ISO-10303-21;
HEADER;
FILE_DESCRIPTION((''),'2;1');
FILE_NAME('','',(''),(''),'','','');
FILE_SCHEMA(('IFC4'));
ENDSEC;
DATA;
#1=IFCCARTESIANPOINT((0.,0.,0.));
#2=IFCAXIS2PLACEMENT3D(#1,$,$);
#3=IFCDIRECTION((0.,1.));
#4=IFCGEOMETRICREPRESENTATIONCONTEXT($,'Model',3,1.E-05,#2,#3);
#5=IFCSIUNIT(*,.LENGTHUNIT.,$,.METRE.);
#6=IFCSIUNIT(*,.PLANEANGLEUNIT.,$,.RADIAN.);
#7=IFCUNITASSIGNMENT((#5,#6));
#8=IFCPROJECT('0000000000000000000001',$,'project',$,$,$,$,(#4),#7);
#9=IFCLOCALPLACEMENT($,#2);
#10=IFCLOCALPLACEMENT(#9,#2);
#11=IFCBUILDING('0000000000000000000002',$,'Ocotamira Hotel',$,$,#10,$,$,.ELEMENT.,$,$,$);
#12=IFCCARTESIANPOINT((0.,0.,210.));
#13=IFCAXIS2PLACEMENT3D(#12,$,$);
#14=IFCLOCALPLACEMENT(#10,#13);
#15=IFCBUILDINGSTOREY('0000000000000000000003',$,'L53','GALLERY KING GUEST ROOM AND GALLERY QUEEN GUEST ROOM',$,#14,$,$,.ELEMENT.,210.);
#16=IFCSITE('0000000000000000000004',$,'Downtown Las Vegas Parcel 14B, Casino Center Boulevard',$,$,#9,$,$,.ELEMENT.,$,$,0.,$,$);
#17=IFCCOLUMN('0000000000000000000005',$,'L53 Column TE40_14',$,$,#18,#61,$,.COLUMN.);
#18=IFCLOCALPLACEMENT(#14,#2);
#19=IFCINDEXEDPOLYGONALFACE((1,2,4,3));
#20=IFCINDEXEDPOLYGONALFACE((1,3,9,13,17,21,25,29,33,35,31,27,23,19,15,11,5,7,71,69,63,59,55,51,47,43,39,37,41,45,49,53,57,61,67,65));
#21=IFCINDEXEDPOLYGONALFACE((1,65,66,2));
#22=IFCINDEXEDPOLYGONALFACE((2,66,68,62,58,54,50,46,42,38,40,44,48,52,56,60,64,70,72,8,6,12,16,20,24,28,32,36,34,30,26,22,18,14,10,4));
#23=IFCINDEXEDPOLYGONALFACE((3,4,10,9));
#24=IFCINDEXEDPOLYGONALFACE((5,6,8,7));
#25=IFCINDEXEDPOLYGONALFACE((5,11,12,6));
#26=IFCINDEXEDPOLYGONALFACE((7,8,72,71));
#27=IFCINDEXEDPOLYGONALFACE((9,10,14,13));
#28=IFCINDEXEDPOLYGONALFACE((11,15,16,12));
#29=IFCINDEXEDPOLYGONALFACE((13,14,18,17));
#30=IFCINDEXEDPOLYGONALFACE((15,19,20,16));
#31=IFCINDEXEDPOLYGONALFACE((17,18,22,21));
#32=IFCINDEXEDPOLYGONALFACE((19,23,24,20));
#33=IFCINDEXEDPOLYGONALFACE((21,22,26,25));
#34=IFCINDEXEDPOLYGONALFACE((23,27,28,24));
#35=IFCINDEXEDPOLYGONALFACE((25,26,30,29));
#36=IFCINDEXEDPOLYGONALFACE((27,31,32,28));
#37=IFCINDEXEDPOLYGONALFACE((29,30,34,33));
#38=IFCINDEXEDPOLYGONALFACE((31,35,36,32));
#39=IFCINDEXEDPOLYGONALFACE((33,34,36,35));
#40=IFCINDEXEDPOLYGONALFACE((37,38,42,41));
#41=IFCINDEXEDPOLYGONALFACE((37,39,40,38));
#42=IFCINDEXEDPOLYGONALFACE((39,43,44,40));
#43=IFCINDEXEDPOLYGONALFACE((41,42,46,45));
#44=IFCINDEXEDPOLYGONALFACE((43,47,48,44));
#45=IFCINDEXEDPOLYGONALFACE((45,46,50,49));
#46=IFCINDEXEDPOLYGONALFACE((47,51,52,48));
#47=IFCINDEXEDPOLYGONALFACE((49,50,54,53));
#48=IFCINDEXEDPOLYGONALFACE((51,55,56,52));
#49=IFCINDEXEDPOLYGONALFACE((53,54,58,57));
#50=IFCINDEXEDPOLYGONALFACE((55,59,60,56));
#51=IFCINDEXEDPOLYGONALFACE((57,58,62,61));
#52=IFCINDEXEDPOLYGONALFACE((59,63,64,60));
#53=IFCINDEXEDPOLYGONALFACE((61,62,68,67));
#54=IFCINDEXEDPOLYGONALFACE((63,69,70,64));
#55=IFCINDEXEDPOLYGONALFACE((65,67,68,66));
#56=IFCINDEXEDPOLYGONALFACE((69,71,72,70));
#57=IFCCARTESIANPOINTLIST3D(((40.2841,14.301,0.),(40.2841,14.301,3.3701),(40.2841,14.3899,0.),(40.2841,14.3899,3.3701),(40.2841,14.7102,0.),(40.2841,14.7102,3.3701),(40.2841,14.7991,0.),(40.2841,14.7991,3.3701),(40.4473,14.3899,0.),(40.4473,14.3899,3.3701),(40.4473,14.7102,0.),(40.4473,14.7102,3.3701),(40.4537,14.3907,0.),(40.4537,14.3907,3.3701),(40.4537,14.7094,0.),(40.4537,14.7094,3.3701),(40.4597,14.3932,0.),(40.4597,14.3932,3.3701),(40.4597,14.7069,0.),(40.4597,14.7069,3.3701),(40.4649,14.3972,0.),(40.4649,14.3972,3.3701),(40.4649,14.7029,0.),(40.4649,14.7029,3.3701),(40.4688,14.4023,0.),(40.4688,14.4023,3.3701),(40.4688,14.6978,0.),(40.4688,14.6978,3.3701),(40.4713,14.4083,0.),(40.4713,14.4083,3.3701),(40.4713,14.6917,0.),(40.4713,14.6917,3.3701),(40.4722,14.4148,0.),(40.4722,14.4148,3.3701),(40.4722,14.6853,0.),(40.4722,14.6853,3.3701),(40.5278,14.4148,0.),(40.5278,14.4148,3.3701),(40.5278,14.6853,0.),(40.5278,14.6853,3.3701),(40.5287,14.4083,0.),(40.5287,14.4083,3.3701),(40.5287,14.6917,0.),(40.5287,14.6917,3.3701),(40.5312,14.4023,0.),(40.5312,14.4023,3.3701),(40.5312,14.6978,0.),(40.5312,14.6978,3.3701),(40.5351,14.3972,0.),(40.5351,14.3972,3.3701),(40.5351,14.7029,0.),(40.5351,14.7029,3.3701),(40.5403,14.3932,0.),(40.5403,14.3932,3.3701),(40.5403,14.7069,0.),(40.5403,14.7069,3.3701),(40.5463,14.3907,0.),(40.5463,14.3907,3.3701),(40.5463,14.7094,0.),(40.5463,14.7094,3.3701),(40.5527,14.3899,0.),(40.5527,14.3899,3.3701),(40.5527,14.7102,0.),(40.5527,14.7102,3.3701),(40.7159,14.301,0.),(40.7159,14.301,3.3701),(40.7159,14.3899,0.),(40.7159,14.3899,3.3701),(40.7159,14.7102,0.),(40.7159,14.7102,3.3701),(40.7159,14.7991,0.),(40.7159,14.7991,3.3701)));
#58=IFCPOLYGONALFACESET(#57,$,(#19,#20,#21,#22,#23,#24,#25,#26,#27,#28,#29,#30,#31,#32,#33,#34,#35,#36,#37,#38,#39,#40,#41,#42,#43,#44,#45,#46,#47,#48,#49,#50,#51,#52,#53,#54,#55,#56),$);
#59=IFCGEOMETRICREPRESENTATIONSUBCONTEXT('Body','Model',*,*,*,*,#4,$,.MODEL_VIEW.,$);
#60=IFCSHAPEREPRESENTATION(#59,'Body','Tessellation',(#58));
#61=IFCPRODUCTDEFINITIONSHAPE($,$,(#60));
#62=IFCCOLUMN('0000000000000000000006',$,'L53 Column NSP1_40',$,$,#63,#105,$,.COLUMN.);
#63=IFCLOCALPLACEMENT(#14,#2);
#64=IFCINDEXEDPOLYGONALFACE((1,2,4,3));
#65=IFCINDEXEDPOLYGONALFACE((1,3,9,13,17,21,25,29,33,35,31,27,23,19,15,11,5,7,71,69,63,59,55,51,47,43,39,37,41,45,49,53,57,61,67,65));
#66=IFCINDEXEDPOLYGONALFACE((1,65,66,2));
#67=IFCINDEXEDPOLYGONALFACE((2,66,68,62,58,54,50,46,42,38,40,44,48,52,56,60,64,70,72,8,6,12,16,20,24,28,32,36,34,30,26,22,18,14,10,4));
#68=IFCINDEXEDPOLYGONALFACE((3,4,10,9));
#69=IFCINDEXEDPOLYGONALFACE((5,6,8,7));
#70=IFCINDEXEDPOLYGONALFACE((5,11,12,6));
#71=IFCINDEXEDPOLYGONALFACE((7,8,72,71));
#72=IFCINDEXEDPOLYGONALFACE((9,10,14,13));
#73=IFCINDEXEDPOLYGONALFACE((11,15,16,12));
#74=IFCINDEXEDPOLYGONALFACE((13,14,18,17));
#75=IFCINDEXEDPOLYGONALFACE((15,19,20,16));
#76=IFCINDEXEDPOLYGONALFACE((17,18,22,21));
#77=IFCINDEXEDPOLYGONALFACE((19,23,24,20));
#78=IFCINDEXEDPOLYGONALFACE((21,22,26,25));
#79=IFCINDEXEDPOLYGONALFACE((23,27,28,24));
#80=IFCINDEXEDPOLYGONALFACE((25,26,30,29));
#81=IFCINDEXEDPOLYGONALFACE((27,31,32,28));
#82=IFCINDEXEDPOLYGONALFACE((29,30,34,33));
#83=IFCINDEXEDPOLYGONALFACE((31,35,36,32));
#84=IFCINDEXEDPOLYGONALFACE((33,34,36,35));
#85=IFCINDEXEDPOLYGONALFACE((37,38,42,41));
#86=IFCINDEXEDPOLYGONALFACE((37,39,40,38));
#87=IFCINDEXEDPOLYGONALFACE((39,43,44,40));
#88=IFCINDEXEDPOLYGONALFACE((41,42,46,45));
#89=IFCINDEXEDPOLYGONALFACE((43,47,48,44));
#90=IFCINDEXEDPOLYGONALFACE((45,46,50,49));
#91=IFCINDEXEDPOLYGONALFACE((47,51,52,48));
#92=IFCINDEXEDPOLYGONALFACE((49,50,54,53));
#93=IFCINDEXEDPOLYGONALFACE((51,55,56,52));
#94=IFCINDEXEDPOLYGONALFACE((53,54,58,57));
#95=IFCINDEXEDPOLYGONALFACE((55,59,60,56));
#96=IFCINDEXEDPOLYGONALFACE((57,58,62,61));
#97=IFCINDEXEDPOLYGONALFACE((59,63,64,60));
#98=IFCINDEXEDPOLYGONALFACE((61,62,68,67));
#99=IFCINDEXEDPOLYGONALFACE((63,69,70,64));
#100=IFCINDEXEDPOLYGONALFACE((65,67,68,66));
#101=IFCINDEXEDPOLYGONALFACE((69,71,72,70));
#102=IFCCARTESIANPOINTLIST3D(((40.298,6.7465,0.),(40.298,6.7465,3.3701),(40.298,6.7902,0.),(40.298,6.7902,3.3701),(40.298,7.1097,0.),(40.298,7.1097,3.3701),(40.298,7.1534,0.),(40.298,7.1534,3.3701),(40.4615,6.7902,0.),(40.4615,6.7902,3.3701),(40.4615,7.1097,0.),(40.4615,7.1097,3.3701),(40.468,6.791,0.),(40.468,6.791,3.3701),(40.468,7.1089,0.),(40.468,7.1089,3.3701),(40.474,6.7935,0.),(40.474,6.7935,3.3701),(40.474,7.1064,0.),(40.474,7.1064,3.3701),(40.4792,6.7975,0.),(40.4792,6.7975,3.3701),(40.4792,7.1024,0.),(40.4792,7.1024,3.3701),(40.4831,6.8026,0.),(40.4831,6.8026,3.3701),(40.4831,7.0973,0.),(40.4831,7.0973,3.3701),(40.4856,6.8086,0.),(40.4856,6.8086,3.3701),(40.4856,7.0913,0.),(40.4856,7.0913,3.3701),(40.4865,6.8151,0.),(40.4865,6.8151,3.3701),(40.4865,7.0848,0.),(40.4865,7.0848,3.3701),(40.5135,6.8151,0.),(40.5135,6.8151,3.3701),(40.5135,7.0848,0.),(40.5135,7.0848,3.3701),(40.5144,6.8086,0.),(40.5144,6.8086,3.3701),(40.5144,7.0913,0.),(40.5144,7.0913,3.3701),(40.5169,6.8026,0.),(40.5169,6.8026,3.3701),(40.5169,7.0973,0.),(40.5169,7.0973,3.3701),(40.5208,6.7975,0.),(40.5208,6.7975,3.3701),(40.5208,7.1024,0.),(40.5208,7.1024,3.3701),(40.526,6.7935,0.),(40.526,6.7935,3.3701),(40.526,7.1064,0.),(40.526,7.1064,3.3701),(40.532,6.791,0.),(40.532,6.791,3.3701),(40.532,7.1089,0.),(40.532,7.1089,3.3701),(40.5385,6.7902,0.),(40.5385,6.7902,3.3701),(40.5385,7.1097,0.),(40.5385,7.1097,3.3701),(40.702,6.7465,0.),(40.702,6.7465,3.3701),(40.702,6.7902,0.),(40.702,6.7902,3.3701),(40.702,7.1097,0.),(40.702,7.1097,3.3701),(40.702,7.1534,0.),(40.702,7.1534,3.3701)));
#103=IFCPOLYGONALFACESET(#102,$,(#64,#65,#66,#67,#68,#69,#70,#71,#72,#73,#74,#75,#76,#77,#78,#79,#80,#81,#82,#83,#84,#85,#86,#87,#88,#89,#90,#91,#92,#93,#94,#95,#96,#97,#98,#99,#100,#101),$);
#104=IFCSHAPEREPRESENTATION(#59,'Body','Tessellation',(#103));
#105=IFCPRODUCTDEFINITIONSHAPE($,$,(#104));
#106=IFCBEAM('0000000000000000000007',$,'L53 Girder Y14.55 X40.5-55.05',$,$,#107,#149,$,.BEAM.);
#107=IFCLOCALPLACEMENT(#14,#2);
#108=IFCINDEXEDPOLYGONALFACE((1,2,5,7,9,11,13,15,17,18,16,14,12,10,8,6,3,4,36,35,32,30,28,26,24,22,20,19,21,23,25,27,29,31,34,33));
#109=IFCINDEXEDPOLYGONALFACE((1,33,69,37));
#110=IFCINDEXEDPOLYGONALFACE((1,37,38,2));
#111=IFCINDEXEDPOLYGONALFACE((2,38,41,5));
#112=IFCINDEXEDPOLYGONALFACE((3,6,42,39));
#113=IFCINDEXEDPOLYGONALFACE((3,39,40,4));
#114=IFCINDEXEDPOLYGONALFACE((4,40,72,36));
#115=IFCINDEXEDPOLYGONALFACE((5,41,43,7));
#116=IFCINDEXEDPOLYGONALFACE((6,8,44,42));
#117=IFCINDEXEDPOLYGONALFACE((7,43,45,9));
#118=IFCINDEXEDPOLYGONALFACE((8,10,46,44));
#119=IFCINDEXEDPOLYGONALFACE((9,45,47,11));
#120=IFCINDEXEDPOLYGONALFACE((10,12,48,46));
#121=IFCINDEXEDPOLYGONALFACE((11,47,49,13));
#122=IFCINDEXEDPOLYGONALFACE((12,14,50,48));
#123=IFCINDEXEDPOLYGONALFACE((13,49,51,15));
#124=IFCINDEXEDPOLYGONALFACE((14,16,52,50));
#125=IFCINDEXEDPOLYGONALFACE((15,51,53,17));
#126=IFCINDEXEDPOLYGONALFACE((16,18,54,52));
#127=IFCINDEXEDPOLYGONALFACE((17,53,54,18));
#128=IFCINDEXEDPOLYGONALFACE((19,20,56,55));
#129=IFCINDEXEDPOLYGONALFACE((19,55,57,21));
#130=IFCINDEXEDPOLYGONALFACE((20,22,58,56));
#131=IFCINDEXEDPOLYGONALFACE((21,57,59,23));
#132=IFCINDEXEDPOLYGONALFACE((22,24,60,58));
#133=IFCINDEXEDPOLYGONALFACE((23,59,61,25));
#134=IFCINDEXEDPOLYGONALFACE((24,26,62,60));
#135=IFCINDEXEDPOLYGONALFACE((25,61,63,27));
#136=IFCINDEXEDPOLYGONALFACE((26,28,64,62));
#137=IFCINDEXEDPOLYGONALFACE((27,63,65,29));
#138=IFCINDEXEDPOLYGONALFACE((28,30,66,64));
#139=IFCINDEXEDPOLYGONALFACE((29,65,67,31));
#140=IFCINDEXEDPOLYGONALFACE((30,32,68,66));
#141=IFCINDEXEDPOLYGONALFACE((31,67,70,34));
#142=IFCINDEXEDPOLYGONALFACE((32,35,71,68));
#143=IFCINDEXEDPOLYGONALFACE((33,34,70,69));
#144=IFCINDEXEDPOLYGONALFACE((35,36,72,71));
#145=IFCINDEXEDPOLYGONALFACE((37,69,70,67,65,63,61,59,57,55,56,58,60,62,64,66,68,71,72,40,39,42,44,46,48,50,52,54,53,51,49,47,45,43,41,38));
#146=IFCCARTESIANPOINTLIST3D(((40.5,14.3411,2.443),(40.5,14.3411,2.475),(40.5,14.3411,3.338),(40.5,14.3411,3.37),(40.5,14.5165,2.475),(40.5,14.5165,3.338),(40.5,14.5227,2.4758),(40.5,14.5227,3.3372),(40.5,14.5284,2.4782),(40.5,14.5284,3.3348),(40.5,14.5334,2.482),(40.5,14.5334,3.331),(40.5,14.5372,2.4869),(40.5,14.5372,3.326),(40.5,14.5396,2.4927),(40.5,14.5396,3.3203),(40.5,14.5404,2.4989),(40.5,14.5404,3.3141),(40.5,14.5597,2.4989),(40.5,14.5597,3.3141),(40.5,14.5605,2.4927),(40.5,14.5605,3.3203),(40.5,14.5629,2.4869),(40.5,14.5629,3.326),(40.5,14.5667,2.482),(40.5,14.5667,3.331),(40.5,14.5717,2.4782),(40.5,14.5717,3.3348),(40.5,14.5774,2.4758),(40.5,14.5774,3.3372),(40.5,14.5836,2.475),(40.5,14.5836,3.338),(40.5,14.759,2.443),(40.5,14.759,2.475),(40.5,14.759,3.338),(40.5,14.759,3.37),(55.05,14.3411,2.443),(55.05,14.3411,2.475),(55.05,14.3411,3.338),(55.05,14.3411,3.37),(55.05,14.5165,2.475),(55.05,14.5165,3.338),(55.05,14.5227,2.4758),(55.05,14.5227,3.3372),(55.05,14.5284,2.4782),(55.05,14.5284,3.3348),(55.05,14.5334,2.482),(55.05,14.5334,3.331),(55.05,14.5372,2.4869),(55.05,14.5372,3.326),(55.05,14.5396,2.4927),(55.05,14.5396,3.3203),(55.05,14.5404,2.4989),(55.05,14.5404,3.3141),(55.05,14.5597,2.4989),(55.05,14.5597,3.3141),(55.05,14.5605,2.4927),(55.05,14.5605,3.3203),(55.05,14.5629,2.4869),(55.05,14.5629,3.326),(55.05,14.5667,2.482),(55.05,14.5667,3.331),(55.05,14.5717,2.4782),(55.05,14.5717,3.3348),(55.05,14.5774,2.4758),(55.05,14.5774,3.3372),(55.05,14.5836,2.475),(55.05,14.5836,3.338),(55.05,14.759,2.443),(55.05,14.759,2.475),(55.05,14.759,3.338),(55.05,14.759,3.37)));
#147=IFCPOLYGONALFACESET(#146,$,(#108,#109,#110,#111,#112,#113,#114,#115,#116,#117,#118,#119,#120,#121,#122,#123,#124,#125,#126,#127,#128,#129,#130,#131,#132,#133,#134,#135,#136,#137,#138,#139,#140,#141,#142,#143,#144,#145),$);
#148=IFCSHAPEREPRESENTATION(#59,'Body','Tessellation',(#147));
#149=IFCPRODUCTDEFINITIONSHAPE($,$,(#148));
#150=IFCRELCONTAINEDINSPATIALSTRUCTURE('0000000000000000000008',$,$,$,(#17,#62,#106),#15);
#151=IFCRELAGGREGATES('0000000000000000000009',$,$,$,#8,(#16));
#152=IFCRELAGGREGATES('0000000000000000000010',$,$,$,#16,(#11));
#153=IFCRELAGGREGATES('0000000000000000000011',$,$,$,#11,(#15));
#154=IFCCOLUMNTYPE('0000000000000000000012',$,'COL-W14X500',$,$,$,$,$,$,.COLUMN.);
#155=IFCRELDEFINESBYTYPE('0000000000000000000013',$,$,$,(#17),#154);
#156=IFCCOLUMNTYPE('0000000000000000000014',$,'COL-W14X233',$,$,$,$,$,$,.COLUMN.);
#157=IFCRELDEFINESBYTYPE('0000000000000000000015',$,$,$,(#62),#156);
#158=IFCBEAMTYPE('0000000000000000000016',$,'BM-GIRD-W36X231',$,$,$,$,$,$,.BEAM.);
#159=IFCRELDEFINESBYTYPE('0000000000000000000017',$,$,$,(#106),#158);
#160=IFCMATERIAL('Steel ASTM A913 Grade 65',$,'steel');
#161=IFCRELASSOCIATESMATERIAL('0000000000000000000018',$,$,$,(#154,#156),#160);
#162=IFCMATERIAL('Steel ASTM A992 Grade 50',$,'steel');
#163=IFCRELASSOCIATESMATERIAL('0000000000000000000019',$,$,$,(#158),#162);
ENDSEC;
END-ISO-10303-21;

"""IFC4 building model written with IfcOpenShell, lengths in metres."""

from ifc_helpers import new_model, si_unit, direction, frame, origin, origin_2d, place, context, subcontext, project, spatial, i_section, extrude, source, transform, mapped, material, material_profile, profile_set, type_object, element, save


model = new_model("IFC4")

# Units and contexts
model_context = context("Model", 3, precision=1e-05, world=origin(), true_north=direction((0.0, 1.0)))
body_context = subcontext(model_context, "Body", "Model", "MODEL_VIEW")
ifc_project = project(units=[si_unit("LENGTHUNIT", "METRE"), si_unit("PLANEANGLEUNIT", "RADIAN")], contexts=[model_context])

# Site, building, storey
site_placement = place(None, origin())
site = spatial("IfcSite", under=ifc_project, at=site_placement, Name="Downtown Las Vegas Parcel 14B, Casino Center Boulevard", CompositionType="ELEMENT", RefElevation=0.0)
building_placement = place(site_placement, origin())
building = spatial("IfcBuilding", under=site, at=building_placement, Name="Ocotamira Hotel", CompositionType="ELEMENT")
storey_placement = place(building_placement, frame((0.0, 0.0, 210.0)))
storey = spatial("IfcBuildingStorey", under=building, at=storey_placement, Name="L53", Description="GALLERY KING GUEST ROOM AND GALLERY QUEEN GUEST ROOM", CompositionType="ELEMENT", Elevation=210.0)

# Columns
ifc_material_1 = material(Name="Steel ASTM A913 Grade 65", Category="steel")
ifc_material_profile_1 = material_profile(ifc_material_1, i_section(OverallWidth=0.4319, OverallDepth=0.498, WebThickness=0.0557, FlangeThickness=0.0889, FilletRadius=0.0249, at=origin_2d()), Name="W14X500")
ifc_profile_set_1 = profile_set([ifc_material_profile_1], Name="Steel ASTM A913 Grade 65")
column_type_1 = type_object("IfcColumnType", Name="COL-W14X500", PredefinedType="COLUMN", material=ifc_profile_set_1)
shared_shape_1 = source(origin(), body_context, "Body", "SweptSolid", [
    extrude(i_section(OverallWidth=0.4319, OverallDepth=0.498, WebThickness=0.0557, FlangeThickness=0.0889, FilletRadius=0.0249, at=origin_2d()), origin(), (0.0, 0.0, 1.0), 3.3701),
])
column_1_placement = place(storey_placement, frame((40.5, 14.55, 0.0), z_axis=(0.0, 0.0, 1.0), x_axis=(1.0, 0.0, 0.0)))
element("IfcColumn", 1, at=column_1_placement, inside=storey, type_object=column_type_1, Name="L53 Column TE40_14", PredefinedType="COLUMN", context=body_context, shape_type="MappedRepresentation", body=[
    mapped(shared_shape_1, transform((0.0, 0.0, 0.0), scale=1.0)),
])
ifc_material_profile_2 = material_profile(ifc_material_1, i_section(OverallWidth=0.4041, OverallDepth=0.407, WebThickness=0.0271, FlangeThickness=0.0437, FilletRadius=0.0249, at=origin_2d()), Name="W14X233")
ifc_profile_set_2 = profile_set([ifc_material_profile_2], Name="Steel ASTM A913 Grade 65")
column_type_2 = type_object("IfcColumnType", Name="COL-W14X233", PredefinedType="COLUMN", material=ifc_profile_set_2)
shared_shape_2 = source(origin(), body_context, "Body", "SweptSolid", [
    extrude(i_section(OverallWidth=0.4041, OverallDepth=0.407, WebThickness=0.0271, FlangeThickness=0.0437, FilletRadius=0.0249, at=origin_2d()), origin(), (0.0, 0.0, 1.0), 3.3701),
])
column_2_placement = place(storey_placement, frame((40.5, 6.95, 0.0), z_axis=(0.0, 0.0, 1.0), x_axis=(1.0, 0.0, 0.0)))
element("IfcColumn", 2, at=column_2_placement, inside=storey, type_object=column_type_2, Name="L53 Column NSP1_40", PredefinedType="COLUMN", context=body_context, shape_type="MappedRepresentation", body=[
    mapped(shared_shape_2, transform((0.0, 0.0, 0.0), scale=1.0)),
])

# Beam
ifc_material_2 = material(Name="Steel ASTM A992 Grade 50", Category="steel")
ifc_material_profile_3 = material_profile(ifc_material_2, i_section(OverallWidth=0.418, OverallDepth=0.927, WebThickness=0.0193, FlangeThickness=0.032, FilletRadius=0.0239, at=origin_2d()), Name="W36X231")
ifc_profile_set_3 = profile_set([ifc_material_profile_3], Name="Steel ASTM A992 Grade 50")
beam_type_1 = type_object("IfcBeamType", Name="BM-GIRD-W36X231", PredefinedType="BEAM", material=ifc_profile_set_3)
shared_shape_3 = source(origin(), body_context, "Body", "SweptSolid", [
    extrude(i_section(OverallWidth=0.418, OverallDepth=0.927, WebThickness=0.0193, FlangeThickness=0.032, FilletRadius=0.0239, at=origin_2d()), origin(), (0.0, 0.0, 1.0), 14.55),
])
beam_1_placement = place(storey_placement, frame((40.5, 14.55, 2.9065), z_axis=(1.0, 0.0, 0.0), x_axis=(0.0, 1.0, 0.0)))
element("IfcBeam", 3, at=beam_1_placement, inside=storey, type_object=beam_type_1, Name="L53 Girder Y14.55 X40.5-55.05", PredefinedType="BEAM", context=body_context, shape_type="MappedRepresentation", body=[
    mapped(shared_shape_3, transform((0.0, 0.0, 0.0), scale=1.0)),
])

save(model, "model.ifc")
